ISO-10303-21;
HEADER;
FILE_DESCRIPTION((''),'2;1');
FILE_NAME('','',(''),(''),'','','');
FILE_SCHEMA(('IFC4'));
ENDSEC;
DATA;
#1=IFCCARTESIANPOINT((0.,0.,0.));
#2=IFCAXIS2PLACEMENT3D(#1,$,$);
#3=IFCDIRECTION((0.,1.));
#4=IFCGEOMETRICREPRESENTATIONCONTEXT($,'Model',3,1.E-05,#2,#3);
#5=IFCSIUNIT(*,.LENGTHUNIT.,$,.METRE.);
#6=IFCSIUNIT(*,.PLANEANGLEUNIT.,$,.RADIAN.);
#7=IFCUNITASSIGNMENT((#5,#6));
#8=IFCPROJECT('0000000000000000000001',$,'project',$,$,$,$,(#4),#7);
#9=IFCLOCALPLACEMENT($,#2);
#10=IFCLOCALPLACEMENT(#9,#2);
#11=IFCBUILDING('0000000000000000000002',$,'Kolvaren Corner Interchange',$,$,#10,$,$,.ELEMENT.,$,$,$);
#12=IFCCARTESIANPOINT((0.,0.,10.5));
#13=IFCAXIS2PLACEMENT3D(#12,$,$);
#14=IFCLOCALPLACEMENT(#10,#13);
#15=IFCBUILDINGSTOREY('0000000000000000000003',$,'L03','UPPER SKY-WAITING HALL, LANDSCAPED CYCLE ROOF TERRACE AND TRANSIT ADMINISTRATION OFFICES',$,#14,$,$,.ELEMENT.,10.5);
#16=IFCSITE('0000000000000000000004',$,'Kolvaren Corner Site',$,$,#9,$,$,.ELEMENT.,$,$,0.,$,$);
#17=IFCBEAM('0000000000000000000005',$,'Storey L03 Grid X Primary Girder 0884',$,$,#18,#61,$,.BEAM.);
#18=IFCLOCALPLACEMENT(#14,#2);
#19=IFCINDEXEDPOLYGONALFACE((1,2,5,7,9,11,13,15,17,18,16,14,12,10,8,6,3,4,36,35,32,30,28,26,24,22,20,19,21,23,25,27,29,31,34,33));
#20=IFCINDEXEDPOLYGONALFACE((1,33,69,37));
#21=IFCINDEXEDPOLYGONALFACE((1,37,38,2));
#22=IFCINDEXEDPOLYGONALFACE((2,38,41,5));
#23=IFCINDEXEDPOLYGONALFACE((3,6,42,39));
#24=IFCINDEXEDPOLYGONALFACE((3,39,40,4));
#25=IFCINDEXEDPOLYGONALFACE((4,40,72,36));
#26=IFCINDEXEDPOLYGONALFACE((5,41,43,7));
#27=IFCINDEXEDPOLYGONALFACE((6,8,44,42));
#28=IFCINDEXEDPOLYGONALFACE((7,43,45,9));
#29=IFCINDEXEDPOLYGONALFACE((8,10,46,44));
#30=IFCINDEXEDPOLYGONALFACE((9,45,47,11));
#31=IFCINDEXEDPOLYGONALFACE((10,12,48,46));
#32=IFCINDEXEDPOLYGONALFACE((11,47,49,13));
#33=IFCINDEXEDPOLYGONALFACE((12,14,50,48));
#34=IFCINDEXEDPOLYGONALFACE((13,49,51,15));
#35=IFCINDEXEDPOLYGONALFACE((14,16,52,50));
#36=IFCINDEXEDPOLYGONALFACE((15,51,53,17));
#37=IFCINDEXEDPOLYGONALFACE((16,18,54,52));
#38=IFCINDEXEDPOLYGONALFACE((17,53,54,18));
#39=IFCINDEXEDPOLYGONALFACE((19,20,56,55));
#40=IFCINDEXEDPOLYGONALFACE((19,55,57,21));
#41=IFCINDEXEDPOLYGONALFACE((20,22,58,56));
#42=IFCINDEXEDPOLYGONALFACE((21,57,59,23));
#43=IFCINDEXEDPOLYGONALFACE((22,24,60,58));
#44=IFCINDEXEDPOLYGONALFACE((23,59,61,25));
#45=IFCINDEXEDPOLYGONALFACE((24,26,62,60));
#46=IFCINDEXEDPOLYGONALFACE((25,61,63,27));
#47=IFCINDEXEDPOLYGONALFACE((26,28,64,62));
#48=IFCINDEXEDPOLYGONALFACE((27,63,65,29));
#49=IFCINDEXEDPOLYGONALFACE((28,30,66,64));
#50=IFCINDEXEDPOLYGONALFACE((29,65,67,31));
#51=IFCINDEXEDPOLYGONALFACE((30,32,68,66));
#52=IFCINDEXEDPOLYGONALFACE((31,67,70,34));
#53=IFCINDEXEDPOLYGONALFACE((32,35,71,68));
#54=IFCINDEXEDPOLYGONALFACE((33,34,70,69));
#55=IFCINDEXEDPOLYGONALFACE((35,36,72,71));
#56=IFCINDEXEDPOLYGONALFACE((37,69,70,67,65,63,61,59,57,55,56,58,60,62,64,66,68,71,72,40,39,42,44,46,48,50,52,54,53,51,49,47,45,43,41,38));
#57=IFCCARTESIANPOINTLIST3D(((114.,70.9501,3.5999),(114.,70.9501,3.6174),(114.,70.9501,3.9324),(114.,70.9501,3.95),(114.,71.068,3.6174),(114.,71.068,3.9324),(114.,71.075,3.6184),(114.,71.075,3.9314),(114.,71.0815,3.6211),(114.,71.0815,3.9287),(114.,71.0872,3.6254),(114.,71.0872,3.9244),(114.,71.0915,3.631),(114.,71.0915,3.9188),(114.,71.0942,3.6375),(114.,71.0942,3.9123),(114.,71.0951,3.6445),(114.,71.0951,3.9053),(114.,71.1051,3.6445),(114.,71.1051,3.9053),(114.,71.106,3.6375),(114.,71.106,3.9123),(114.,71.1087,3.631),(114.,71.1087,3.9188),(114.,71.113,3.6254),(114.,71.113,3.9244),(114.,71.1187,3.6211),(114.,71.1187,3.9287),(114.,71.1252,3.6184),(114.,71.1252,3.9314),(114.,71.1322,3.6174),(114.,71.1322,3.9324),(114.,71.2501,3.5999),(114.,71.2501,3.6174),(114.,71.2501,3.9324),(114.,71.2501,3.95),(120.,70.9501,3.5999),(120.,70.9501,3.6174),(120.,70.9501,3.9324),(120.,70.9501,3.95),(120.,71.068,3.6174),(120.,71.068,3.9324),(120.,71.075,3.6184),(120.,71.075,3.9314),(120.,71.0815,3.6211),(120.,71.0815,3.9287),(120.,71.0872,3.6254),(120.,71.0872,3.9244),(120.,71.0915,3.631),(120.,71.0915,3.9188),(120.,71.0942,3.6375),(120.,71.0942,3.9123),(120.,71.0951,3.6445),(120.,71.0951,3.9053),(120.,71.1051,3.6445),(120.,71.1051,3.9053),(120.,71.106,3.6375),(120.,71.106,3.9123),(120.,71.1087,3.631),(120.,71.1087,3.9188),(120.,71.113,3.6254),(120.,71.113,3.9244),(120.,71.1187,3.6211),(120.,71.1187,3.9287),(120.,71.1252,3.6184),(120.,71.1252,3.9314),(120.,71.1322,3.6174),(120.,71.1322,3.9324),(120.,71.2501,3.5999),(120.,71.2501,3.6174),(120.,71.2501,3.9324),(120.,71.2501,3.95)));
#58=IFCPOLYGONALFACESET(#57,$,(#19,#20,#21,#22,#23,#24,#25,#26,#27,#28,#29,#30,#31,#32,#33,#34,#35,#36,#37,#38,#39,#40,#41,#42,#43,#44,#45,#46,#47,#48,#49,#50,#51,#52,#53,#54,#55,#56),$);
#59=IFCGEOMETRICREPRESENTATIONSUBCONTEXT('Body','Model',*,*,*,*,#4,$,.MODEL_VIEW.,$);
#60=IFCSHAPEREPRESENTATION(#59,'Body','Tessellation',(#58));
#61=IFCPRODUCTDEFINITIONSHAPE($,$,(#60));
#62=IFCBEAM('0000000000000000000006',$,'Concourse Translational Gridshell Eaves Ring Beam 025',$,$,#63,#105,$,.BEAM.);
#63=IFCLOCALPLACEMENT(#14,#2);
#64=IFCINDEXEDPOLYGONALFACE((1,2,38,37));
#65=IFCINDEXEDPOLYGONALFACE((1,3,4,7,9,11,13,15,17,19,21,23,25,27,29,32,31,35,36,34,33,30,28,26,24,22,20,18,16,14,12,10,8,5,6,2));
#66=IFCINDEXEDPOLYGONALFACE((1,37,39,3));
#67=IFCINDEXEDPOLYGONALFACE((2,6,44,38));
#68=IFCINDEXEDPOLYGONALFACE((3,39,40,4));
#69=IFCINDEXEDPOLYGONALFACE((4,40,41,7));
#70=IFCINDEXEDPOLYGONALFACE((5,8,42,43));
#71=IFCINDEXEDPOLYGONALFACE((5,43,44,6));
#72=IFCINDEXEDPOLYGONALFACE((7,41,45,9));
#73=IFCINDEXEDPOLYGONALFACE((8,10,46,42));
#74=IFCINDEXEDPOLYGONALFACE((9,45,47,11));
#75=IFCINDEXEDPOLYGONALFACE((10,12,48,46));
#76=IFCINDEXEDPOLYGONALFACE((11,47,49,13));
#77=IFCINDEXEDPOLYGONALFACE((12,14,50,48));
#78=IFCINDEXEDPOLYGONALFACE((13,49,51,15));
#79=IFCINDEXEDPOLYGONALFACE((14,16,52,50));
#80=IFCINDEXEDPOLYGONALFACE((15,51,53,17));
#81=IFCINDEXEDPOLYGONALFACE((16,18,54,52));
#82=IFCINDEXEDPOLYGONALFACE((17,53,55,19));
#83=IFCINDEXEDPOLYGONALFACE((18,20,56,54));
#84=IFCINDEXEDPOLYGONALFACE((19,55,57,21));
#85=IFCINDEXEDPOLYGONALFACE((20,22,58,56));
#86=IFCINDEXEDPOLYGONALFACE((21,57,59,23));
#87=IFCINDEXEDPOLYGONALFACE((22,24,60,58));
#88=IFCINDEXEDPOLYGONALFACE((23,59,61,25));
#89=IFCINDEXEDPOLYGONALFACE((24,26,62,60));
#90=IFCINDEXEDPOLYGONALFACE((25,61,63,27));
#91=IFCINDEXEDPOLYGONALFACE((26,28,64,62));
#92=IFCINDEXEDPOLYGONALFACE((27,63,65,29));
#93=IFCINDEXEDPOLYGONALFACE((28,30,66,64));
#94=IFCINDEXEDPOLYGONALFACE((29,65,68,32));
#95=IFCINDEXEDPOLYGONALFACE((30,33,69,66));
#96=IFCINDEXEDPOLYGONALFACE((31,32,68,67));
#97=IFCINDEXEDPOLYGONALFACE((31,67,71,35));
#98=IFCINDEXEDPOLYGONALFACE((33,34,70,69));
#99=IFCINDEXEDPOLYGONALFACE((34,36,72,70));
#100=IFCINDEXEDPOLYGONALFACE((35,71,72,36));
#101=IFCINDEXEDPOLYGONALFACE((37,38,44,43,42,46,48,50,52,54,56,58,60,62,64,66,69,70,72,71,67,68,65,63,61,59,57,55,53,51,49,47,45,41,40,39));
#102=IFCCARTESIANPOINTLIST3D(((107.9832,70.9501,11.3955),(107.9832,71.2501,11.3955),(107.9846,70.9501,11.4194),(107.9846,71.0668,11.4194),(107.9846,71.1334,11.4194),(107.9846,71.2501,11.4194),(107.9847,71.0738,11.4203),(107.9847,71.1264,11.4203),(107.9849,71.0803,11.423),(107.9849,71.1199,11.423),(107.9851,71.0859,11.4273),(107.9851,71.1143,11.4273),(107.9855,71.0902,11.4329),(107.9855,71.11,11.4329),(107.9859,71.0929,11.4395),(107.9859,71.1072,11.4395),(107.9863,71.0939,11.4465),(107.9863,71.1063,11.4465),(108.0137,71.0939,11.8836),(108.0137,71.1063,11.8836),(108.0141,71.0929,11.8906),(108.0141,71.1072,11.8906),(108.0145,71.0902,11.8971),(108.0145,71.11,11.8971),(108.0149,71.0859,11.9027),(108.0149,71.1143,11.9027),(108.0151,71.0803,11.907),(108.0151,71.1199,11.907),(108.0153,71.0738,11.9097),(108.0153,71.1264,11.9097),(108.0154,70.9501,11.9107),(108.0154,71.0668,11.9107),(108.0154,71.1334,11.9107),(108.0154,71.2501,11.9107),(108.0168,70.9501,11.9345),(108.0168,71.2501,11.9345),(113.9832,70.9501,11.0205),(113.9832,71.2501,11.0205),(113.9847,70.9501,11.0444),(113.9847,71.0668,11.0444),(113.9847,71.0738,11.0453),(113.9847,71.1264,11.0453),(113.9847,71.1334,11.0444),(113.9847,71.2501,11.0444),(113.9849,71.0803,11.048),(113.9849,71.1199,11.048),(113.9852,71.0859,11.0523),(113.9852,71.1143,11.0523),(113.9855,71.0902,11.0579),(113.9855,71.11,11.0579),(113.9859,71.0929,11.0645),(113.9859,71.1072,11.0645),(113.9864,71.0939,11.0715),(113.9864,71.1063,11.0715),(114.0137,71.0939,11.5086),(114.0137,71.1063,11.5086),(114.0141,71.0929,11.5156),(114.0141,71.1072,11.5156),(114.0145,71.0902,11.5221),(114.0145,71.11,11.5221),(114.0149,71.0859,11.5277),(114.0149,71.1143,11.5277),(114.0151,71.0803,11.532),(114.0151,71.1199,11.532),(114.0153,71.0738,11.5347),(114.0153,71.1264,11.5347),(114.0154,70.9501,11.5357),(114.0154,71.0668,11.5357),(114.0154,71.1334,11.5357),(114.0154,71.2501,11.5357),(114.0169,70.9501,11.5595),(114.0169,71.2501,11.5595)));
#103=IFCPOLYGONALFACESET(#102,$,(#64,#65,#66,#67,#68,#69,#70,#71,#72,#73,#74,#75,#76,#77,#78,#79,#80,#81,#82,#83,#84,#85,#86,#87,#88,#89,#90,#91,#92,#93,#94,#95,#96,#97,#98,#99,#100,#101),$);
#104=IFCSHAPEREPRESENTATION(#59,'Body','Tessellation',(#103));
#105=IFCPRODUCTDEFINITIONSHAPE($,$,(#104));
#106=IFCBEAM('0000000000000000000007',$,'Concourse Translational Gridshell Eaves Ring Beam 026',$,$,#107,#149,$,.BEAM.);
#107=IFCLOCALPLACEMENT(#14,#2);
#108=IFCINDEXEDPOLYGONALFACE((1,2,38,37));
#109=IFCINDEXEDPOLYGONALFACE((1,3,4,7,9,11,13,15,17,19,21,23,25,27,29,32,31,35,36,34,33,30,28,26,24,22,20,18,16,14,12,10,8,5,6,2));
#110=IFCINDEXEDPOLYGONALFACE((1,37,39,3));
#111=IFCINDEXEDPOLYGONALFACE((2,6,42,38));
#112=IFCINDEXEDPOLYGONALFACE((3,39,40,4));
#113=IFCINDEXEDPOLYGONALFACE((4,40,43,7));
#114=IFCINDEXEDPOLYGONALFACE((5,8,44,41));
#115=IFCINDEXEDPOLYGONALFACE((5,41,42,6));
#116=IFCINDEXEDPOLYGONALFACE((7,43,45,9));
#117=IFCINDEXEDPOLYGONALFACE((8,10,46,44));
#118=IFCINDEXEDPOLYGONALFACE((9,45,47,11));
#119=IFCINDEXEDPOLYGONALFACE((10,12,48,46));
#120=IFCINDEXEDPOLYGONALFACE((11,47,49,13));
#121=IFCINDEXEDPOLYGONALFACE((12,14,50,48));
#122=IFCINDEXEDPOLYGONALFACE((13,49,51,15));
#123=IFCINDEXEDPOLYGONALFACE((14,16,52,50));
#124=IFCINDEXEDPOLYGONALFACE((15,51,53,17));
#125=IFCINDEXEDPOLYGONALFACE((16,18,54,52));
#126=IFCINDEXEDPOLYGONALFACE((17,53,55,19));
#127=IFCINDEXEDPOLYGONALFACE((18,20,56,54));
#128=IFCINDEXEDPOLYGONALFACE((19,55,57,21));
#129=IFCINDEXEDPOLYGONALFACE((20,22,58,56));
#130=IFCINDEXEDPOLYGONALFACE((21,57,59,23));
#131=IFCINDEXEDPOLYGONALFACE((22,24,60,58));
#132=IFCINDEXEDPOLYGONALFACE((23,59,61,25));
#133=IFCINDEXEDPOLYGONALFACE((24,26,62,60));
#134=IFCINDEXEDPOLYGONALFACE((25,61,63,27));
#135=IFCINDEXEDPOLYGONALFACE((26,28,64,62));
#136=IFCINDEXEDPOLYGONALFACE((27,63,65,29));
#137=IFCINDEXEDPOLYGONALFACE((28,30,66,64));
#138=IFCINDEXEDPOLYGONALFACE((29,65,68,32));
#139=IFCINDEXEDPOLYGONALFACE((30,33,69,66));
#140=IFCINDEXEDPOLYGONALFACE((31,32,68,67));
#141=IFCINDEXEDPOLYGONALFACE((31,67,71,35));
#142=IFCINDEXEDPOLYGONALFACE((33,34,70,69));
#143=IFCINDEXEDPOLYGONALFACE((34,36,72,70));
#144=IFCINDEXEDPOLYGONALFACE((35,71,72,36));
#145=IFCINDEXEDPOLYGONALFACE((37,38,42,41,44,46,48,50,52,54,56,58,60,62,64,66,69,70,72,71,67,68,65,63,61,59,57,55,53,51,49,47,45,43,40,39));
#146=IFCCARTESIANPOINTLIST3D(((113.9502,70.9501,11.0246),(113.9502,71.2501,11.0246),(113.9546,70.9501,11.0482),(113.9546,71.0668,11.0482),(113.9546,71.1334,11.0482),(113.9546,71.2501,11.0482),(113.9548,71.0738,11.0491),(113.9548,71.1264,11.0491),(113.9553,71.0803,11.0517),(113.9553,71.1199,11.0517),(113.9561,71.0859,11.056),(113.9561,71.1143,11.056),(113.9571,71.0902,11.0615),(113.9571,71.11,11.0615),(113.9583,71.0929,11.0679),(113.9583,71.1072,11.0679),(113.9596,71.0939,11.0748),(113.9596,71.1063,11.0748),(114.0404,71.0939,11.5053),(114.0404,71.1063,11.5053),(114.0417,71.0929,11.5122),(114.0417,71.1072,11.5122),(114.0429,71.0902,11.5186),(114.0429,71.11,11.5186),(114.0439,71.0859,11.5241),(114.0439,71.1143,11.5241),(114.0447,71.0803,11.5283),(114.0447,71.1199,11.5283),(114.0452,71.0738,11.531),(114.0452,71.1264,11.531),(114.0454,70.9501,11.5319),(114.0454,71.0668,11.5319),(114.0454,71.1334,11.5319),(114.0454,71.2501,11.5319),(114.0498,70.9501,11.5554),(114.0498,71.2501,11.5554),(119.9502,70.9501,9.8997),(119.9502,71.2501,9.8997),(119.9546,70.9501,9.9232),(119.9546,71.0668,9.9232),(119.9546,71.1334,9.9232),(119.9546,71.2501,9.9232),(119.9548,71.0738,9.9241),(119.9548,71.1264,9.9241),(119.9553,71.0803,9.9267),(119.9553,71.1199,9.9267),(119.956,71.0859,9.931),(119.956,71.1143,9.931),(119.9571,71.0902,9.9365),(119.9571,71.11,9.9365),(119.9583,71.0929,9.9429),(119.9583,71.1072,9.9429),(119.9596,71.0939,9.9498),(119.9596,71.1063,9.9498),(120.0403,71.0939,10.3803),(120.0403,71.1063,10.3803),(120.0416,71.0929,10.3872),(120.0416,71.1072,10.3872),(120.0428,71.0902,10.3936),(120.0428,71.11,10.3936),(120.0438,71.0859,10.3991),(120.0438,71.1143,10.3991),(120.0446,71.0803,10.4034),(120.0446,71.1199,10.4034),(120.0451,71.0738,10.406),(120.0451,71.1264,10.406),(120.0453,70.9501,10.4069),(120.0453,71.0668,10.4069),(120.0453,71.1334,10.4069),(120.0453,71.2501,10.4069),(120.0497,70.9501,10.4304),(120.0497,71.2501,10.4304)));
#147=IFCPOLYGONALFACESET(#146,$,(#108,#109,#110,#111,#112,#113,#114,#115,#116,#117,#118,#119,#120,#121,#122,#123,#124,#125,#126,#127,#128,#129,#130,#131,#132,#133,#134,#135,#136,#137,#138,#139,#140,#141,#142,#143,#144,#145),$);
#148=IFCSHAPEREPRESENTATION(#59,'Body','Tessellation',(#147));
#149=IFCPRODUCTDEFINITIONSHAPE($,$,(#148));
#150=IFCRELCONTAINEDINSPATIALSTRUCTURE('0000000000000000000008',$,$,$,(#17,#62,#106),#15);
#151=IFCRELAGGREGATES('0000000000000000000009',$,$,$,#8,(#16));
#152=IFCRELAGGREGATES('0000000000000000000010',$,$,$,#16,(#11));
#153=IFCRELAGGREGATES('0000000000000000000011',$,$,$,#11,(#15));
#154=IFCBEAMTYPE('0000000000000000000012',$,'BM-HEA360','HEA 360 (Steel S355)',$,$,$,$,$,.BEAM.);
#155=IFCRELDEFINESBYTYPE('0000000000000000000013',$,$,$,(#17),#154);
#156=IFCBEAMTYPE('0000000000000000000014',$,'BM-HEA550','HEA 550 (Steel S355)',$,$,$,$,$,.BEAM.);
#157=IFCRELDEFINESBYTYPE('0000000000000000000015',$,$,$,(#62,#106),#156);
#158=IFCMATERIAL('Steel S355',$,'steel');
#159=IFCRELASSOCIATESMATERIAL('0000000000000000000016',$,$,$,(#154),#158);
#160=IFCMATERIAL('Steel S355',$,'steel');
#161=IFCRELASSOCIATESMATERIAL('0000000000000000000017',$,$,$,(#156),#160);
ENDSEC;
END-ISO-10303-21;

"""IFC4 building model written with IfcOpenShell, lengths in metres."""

from ifc_helpers import new_model, si_unit, direction, frame, origin, origin_2d, place, context, subcontext, project, spatial, i_section, extrude, material, material_profile, profile_set, type_object, element, save


model = new_model("IFC4")

# Units and contexts
model_context = context("Model", 3, precision=1e-05, world=origin(), true_north=direction((0.0, 1.0)))
body_context = subcontext(model_context, "Body", "Model", "MODEL_VIEW")
ifc_project = project(units=[si_unit("LENGTHUNIT", "METRE"), si_unit("PLANEANGLEUNIT", "RADIAN")], contexts=[model_context])

# Site, building, storey
site_placement = place(None, origin())
site = spatial("IfcSite", under=ifc_project, at=site_placement, Name="Kolvaren Corner Site", CompositionType="ELEMENT", RefElevation=0.0)
building_placement = place(site_placement, origin())
building = spatial("IfcBuilding", under=site, at=building_placement, Name="Kolvaren Corner Interchange", CompositionType="ELEMENT")
storey_placement = place(building_placement, frame((0.0, 0.0, 10.5)))
storey = spatial("IfcBuildingStorey", under=building, at=storey_placement, Name="L03", Description="UPPER SKY-WAITING HALL, LANDSCAPED CYCLE ROOF TERRACE AND TRANSIT ADMINISTRATION OFFICES", CompositionType="ELEMENT", Elevation=10.5)

# Beams
ifc_material_1 = material(Name="Steel S355", Category="steel")
ifc_material_profile_1 = material_profile(ifc_material_1, i_section(OverallWidth=0.3, OverallDepth=0.3501, WebThickness=0.01, FlangeThickness=0.0176, FilletRadius=0.0271, at=origin_2d()), Name="HEA 360")
ifc_profile_set_1 = profile_set([ifc_material_profile_1], Name="Steel S355")
beam_type_1 = type_object("IfcBeamType", Name="BM-HEA360", Description="HEA 360 (Steel S355)", PredefinedType="BEAM", material=ifc_profile_set_1)
for number, where, z_axis, x_axis, name in (
    (1, (114.0, 71.1001, 3.7749), (1.0, 0.0, 0.0), (0.0, 1.0, 0.0), "Storey L03 Grid X Primary Girder 0884"),
):
    element("IfcBeam", number, at=place(storey_placement, frame(where, z_axis=z_axis, x_axis=x_axis)), inside=storey, type_object=beam_type_1, Name=name, PredefinedType="BEAM", context=body_context, shape_type="SweptSolid", body=[
        extrude(i_section(OverallWidth=0.3, OverallDepth=0.3501, WebThickness=0.01, FlangeThickness=0.0176, FilletRadius=0.0271, at=origin_2d()), origin(), (0.0, 0.0, 1.0), 6.0),
    ])
ifc_material_2 = material(Name="Steel S355", Category="steel")
ifc_material_profile_2 = material_profile(ifc_material_2, i_section(OverallWidth=0.3, OverallDepth=0.54, WebThickness=0.0125, FlangeThickness=0.0239, FilletRadius=0.0271, at=origin_2d()), Name="HEA 550")
ifc_profile_set_2 = profile_set([ifc_material_profile_2], Name="Steel S355")
beam_type_2 = type_object("IfcBeamType", Name="BM-HEA550", Description="HEA 550 (Steel S355)", PredefinedType="BEAM", material=ifc_profile_set_2)
beam_1_placement = place(storey_placement, frame((108.0, 71.1001, 11.665), z_axis=(0.998053, 0.0, -0.062378), x_axis=(0.0, 1.0, 0.0)))
element("IfcBeam", 2, at=beam_1_placement, inside=storey, type_object=beam_type_2, Name="Concourse Translational Gridshell Eaves Ring Beam 025", PredefinedType="BEAM", context=body_context, shape_type="SweptSolid", body=[
    extrude(i_section(OverallWidth=0.3, OverallDepth=0.54, WebThickness=0.0125, FlangeThickness=0.0239, FilletRadius=0.0271, at=origin_2d()), origin(), (0.0, 0.0, 1.0), 6.0117),
])
beam_2_placement = place(storey_placement, frame((114.0, 71.1001, 11.29), z_axis=(0.982872, 0.0, -0.184289), x_axis=(0.0, 1.0, 0.0)))
element("IfcBeam", 3, at=beam_2_placement, inside=storey, type_object=beam_type_2, Name="Concourse Translational Gridshell Eaves Ring Beam 026", PredefinedType="BEAM", context=body_context, shape_type="SweptSolid", body=[
    extrude(i_section(OverallWidth=0.3, OverallDepth=0.54, WebThickness=0.0125, FlangeThickness=0.0239, FilletRadius=0.0271, at=origin_2d()), origin(), (0.0, 0.0, 1.0), 6.1045),
])

save(model, "model.ifc")
